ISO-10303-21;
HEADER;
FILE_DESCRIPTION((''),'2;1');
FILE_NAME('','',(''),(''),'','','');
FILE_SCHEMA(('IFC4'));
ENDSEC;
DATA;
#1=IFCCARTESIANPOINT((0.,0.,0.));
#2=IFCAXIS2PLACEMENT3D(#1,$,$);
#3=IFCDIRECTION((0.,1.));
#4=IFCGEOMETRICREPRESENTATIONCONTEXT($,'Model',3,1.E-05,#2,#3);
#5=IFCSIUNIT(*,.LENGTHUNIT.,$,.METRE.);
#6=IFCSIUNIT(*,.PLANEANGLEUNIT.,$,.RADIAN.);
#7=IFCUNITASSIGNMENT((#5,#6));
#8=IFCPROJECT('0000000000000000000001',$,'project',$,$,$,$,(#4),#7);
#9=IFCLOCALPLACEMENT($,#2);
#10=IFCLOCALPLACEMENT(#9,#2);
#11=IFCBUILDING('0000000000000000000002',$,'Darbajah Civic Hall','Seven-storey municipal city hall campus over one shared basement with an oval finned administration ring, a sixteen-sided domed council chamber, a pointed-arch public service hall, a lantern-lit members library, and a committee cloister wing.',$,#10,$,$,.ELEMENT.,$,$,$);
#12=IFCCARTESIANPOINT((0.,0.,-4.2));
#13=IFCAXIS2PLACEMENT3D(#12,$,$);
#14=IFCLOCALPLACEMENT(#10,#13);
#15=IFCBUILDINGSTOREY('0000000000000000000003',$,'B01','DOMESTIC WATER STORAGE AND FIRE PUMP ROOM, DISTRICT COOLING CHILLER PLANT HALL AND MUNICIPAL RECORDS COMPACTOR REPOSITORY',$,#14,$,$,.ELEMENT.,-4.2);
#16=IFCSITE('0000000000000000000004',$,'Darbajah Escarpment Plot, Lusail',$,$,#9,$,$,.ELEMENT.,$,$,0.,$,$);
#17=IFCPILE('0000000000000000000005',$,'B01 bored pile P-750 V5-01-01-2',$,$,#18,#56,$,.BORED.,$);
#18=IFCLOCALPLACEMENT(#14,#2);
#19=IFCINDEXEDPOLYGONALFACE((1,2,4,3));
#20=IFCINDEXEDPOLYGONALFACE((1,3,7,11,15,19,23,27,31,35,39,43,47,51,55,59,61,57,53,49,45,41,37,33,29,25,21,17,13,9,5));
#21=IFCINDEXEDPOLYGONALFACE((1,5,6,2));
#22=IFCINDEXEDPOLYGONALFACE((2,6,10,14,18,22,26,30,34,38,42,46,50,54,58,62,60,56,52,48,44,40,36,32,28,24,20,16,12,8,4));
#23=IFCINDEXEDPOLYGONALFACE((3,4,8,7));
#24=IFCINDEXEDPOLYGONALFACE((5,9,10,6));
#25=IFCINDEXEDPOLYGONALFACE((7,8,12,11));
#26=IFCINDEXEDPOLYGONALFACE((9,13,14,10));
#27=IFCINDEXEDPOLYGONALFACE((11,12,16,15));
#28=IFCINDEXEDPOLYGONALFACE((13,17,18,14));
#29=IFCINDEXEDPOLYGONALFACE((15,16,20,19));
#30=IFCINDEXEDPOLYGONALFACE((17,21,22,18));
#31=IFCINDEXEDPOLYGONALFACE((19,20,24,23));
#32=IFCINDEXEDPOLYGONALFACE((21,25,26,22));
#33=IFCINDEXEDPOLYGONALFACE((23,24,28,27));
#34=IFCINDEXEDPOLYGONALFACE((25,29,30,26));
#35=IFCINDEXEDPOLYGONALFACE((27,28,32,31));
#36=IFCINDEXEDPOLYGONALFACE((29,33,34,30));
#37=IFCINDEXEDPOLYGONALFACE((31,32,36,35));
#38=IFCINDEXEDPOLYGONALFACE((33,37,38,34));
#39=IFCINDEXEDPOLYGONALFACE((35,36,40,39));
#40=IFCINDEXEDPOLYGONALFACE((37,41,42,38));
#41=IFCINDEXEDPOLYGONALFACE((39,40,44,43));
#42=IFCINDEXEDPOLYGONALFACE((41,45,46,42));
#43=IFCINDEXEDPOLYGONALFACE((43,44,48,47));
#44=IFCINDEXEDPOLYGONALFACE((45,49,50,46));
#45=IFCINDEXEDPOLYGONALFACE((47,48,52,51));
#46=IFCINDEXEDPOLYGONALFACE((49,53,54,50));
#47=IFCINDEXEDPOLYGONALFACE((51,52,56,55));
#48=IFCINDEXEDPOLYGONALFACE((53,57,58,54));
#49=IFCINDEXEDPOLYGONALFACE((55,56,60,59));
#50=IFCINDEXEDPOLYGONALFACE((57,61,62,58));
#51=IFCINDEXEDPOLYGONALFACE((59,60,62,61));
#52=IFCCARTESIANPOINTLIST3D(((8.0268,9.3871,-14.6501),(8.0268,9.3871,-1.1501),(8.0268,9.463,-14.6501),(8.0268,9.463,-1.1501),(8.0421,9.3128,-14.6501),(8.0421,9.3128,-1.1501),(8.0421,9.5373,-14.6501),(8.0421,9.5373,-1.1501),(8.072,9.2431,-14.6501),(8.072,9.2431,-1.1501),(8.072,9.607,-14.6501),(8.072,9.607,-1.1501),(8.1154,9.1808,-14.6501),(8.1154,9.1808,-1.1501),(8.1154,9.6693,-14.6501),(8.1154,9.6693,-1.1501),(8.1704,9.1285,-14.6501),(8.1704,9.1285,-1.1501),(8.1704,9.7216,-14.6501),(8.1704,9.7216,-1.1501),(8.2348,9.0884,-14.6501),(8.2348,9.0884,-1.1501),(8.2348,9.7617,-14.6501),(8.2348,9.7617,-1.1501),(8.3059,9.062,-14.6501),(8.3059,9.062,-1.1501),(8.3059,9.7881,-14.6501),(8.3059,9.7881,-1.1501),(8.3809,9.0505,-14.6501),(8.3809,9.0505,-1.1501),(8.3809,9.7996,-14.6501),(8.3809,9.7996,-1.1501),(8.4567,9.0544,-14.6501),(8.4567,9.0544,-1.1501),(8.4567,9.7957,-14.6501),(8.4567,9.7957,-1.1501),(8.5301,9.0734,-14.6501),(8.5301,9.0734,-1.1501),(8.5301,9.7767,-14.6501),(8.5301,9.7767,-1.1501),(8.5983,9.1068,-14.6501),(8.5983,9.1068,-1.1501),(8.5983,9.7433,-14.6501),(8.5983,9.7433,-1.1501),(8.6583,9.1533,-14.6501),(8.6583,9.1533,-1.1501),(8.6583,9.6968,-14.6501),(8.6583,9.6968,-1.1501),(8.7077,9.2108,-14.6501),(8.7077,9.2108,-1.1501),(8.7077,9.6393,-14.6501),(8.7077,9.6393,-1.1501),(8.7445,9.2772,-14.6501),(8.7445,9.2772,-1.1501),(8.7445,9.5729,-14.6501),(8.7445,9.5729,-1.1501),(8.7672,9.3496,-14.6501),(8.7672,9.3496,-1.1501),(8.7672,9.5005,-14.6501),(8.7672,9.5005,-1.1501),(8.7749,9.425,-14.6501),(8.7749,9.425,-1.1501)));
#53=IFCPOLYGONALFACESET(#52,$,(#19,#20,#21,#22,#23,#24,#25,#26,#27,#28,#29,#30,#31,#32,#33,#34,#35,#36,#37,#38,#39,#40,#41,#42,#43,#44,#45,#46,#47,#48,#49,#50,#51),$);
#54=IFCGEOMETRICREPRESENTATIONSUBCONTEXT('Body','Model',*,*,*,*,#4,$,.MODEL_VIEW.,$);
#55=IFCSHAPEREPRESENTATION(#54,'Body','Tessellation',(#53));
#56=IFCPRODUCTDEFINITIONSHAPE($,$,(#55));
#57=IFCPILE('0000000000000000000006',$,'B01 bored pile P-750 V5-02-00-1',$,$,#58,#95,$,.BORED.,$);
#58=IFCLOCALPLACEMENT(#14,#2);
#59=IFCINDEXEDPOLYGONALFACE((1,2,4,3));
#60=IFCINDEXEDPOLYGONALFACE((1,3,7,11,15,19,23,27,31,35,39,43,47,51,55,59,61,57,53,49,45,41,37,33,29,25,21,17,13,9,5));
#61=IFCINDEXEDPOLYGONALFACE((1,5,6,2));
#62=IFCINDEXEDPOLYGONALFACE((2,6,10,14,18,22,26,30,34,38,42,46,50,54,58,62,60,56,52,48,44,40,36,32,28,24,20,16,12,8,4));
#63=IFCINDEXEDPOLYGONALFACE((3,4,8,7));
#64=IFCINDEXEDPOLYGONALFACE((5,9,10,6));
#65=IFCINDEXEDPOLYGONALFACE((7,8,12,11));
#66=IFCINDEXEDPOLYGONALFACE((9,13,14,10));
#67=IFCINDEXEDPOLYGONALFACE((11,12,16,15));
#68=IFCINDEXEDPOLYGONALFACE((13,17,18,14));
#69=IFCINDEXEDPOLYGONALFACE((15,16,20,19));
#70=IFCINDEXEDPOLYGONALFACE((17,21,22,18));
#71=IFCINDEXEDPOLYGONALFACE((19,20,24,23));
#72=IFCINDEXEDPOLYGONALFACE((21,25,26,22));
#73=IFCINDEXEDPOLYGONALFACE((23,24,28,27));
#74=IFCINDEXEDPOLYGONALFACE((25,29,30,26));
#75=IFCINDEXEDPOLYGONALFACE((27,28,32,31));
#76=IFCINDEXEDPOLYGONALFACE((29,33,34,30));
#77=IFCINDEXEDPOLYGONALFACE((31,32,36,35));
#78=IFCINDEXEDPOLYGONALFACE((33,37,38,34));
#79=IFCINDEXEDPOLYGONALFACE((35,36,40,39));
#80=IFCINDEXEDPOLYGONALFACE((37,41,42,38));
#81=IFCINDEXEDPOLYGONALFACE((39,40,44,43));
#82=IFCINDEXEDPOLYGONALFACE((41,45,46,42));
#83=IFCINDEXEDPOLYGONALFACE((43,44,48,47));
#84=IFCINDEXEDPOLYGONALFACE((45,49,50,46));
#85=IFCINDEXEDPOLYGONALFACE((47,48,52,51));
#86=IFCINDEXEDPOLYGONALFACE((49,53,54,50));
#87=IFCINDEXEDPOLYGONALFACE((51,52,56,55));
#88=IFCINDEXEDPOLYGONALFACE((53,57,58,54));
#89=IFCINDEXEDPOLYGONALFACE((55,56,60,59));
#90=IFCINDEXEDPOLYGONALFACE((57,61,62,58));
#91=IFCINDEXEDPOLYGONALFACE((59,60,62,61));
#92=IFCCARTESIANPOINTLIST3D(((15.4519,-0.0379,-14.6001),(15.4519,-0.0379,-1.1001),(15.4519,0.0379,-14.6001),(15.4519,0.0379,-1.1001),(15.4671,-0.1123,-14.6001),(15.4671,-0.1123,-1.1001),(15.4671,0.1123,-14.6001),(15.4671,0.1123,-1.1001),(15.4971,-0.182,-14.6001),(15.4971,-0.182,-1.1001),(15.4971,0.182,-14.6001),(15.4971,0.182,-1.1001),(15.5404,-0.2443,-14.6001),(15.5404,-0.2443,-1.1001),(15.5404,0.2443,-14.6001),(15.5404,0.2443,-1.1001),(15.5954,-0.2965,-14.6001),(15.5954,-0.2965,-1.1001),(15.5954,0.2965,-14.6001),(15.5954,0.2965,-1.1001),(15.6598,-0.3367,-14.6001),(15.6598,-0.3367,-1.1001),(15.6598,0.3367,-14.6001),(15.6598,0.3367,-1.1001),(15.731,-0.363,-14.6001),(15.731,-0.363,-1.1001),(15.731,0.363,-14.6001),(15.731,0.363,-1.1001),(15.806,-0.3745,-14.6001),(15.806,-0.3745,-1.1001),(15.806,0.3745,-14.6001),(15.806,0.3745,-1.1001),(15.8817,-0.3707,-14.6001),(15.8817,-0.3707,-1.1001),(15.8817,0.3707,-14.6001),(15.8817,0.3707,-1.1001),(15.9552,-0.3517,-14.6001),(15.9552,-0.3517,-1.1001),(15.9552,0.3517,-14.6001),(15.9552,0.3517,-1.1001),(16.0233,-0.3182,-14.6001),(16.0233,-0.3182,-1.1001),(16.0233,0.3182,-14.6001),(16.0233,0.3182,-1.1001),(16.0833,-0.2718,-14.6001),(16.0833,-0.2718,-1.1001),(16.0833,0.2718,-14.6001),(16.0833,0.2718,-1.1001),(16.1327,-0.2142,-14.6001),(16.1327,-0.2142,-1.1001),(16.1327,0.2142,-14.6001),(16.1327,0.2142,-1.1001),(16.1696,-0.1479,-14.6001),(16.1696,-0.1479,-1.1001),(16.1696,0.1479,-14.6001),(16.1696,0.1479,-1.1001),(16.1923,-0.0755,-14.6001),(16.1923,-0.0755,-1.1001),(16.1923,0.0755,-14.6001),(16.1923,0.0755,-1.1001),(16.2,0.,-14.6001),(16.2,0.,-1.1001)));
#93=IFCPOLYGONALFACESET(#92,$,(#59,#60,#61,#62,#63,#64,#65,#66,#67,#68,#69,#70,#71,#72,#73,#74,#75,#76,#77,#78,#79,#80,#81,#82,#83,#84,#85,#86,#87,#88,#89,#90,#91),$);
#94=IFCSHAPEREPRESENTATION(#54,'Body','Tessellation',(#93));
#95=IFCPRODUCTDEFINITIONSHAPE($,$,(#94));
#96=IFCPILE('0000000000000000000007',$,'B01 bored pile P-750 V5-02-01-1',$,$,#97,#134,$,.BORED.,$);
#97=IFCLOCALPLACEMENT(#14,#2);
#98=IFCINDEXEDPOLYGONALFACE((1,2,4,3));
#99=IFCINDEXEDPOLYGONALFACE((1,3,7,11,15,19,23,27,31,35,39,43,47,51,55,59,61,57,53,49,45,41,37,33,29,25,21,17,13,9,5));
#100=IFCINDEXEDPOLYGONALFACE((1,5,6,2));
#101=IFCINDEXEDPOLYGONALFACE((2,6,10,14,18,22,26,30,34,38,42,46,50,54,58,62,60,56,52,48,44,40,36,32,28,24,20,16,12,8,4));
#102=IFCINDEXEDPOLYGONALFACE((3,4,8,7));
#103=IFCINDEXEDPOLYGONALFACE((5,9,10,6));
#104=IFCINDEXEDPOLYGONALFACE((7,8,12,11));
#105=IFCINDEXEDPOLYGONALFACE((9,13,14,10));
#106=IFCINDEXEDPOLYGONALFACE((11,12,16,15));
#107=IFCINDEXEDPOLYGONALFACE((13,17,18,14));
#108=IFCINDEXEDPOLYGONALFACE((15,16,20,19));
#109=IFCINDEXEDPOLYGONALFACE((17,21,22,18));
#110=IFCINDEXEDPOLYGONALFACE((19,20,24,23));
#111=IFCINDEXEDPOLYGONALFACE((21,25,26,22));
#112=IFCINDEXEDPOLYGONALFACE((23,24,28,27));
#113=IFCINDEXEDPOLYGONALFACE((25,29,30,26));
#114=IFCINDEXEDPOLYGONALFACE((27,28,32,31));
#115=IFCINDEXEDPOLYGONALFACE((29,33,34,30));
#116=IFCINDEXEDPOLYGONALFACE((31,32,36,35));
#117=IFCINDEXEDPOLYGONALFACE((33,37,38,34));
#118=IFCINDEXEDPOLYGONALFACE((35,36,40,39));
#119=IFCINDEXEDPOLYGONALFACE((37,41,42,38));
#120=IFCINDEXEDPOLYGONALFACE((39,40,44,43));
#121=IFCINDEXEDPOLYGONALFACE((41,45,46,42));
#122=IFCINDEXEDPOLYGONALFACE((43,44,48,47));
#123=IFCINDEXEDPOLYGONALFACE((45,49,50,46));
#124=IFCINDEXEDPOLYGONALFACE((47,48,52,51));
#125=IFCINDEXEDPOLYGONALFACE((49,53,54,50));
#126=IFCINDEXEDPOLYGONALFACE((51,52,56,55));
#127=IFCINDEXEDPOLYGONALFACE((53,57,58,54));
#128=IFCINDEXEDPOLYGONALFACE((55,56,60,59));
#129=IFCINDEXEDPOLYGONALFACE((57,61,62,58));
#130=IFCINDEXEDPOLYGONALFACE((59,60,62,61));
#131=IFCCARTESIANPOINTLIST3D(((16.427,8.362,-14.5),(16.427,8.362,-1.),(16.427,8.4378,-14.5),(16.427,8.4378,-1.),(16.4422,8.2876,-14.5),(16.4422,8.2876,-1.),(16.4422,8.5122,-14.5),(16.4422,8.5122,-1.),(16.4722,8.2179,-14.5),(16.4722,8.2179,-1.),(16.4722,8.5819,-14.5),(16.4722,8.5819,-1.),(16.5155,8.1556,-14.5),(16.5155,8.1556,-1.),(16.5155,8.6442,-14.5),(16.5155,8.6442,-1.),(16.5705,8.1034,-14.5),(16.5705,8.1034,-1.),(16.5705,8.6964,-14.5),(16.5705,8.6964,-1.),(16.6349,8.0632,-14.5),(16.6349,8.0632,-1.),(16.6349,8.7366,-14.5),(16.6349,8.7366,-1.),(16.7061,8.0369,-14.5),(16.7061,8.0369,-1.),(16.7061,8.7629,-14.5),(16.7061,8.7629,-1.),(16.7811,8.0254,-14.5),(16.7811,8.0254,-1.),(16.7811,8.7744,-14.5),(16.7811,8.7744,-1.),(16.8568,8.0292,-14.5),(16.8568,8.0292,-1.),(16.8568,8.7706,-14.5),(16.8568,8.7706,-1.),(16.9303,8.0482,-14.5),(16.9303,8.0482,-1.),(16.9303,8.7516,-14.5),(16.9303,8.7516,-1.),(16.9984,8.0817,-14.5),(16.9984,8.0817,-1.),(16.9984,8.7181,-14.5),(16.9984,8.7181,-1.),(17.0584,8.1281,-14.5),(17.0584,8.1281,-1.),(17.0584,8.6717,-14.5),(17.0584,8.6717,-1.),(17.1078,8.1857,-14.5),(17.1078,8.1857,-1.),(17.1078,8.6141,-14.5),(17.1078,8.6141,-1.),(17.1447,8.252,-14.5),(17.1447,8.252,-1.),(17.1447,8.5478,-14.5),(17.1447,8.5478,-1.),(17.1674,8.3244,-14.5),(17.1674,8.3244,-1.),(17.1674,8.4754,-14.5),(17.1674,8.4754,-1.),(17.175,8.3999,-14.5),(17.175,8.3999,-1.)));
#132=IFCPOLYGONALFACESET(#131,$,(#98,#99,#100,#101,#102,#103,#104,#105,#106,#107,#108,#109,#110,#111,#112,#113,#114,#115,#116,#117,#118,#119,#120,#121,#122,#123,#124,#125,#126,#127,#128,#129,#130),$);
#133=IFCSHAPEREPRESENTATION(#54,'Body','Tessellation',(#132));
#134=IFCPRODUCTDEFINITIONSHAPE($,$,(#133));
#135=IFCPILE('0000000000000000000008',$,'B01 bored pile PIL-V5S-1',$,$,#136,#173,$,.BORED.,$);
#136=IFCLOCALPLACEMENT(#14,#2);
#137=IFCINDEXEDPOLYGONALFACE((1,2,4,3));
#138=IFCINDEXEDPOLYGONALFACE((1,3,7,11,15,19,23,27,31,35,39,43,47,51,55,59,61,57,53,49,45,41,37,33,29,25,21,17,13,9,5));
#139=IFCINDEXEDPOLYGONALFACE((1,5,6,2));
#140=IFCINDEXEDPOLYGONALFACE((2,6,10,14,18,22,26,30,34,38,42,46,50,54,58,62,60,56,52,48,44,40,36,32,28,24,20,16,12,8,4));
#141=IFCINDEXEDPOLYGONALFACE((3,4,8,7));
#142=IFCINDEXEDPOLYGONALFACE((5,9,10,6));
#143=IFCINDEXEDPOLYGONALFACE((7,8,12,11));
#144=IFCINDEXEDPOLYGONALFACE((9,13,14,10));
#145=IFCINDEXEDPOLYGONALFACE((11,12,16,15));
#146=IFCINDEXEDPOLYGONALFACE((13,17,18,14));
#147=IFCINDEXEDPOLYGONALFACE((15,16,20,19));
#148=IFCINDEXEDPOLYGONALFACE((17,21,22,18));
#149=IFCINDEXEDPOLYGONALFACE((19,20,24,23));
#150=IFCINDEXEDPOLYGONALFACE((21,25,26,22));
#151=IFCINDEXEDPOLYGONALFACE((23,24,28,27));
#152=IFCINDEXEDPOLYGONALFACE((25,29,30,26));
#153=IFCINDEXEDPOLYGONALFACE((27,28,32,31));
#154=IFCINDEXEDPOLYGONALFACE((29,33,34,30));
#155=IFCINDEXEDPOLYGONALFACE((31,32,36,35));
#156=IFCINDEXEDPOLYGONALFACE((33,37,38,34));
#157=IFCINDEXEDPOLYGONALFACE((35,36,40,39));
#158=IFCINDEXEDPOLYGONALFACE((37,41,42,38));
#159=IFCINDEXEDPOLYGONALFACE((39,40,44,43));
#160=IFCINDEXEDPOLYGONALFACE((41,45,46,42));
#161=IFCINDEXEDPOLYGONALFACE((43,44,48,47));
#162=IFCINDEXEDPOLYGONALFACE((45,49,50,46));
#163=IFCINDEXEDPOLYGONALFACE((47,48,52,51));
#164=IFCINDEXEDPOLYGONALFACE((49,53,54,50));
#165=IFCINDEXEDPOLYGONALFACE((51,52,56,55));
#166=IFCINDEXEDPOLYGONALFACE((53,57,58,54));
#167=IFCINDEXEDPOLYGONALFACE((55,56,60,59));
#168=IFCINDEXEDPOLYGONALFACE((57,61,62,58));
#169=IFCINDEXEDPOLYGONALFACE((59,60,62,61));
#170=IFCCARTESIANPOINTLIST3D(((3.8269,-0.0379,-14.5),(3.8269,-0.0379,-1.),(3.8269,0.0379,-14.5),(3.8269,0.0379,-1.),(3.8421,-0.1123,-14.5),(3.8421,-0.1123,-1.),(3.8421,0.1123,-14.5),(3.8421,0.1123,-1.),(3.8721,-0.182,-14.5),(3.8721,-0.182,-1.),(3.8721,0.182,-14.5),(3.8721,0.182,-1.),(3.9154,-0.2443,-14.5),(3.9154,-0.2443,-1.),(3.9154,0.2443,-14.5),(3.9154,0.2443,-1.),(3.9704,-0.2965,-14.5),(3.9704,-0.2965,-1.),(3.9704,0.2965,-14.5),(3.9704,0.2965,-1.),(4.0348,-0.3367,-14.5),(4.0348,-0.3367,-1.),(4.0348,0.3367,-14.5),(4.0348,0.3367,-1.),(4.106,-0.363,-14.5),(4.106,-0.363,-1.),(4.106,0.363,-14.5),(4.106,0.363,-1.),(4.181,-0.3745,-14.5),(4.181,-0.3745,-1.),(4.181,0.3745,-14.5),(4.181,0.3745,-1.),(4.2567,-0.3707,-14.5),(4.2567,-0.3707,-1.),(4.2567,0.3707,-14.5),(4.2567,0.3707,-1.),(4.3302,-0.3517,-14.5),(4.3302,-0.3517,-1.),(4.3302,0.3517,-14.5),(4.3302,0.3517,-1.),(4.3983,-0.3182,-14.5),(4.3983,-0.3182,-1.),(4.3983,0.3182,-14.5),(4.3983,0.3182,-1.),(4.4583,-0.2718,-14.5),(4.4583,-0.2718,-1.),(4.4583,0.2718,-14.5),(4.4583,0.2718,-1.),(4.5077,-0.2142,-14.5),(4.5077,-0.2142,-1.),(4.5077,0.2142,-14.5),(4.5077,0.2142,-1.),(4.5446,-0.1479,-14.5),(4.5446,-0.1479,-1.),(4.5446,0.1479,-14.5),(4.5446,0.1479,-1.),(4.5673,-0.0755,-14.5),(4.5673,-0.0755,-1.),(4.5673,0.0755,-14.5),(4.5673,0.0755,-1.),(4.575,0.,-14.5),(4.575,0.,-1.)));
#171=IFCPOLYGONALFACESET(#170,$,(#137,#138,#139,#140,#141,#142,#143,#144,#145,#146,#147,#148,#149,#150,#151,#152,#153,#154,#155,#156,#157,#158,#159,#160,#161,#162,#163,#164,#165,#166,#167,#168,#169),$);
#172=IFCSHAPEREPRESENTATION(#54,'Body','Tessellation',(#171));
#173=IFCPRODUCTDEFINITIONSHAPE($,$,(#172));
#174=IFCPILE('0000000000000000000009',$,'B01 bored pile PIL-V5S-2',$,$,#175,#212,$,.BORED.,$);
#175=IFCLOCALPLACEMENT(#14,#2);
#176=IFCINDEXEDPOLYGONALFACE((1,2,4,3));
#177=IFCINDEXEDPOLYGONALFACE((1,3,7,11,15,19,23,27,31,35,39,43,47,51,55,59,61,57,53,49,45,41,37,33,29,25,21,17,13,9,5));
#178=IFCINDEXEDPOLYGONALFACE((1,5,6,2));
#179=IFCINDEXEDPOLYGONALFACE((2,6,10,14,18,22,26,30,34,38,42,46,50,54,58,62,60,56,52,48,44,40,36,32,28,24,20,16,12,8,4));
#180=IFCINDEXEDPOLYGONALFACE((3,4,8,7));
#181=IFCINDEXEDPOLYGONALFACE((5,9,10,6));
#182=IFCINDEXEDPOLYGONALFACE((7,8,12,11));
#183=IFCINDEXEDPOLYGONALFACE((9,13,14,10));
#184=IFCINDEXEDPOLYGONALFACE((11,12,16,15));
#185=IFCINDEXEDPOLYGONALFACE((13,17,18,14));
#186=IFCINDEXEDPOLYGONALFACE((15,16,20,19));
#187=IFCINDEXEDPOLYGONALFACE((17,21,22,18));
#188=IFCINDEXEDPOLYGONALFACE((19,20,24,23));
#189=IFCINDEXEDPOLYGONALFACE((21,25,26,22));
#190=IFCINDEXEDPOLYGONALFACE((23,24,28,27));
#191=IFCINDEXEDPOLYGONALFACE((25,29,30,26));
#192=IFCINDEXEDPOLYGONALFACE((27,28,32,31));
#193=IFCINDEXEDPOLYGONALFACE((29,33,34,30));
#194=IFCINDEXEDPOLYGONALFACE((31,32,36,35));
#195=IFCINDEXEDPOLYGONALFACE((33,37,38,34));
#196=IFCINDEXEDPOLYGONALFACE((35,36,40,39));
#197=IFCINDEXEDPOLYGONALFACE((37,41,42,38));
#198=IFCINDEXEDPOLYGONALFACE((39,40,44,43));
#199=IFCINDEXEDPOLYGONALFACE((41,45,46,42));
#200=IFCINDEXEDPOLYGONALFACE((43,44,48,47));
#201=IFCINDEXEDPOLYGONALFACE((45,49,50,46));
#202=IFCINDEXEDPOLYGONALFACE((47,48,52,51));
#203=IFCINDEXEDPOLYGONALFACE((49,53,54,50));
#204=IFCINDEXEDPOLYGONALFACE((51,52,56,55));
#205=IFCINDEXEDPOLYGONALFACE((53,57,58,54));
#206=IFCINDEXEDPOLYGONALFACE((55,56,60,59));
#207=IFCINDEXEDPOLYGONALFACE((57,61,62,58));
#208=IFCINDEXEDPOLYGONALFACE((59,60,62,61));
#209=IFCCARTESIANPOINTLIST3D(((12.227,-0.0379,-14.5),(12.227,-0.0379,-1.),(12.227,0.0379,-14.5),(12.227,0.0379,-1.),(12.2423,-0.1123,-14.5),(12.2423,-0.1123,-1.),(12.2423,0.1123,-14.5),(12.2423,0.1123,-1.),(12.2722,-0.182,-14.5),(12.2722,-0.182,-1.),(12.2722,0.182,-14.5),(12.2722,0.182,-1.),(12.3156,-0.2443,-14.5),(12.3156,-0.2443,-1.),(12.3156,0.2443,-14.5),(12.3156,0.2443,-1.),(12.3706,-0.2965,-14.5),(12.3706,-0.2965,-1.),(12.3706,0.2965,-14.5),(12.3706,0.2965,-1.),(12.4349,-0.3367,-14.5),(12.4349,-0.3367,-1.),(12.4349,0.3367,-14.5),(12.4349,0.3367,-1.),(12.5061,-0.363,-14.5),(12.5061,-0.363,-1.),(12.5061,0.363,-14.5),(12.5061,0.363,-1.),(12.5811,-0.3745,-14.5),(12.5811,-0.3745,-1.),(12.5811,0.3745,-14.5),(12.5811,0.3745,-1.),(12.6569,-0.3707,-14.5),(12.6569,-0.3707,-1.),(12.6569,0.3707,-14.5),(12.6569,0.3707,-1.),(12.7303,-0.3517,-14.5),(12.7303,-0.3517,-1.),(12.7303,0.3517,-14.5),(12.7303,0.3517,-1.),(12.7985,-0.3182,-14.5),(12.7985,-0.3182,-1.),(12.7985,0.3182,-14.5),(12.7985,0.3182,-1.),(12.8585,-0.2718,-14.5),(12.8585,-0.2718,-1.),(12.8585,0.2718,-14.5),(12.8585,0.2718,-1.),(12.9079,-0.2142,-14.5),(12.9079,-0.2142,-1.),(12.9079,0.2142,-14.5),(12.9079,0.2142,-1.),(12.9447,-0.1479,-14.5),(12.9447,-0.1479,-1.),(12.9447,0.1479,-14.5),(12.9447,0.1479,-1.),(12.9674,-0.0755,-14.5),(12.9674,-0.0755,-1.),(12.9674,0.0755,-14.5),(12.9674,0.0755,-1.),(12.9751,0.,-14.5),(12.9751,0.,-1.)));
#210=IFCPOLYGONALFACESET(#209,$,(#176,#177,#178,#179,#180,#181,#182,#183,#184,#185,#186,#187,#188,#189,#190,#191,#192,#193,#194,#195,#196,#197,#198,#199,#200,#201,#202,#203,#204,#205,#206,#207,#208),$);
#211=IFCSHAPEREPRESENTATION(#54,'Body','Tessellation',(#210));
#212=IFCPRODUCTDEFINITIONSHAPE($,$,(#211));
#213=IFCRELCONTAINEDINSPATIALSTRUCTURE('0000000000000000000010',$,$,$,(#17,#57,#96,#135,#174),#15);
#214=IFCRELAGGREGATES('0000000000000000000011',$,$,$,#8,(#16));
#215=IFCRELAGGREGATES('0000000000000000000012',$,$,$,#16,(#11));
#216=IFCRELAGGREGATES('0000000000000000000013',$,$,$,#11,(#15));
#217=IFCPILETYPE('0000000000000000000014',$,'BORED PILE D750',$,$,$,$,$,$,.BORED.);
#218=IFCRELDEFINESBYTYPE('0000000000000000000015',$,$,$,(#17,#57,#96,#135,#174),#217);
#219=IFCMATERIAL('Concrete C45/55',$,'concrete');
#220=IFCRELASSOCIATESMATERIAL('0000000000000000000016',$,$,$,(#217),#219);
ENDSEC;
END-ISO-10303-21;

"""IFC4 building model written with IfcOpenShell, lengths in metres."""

from ifc_helpers import new_model, si_unit, direction, frame, origin, origin_2d, place, context, subcontext, project, spatial, circle, extrude, material, material_profile, profile_set, type_object, element, save


model = new_model("IFC4")

# Units and contexts
model_context = context("Model", 3, precision=1e-05, world=origin(), true_north=direction((0.0, 1.0)))
body_context = subcontext(model_context, "Body", "Model", "MODEL_VIEW")
ifc_project = project(units=[si_unit("LENGTHUNIT", "METRE"), si_unit("PLANEANGLEUNIT", "RADIAN")], contexts=[model_context])

# Site, building, storey
site_placement = place(None, origin())
site = spatial("IfcSite", under=ifc_project, at=site_placement, Name="Darbajah Escarpment Plot, Lusail", CompositionType="ELEMENT", RefElevation=0.0)
building_placement = place(site_placement, origin())
building = spatial("IfcBuilding", under=site, at=building_placement, Name="Darbajah Civic Hall", Description="Seven-storey municipal city hall campus over one shared basement with an oval finned administration ring, a sixteen-sided domed council chamber, a pointed-arch public service hall, a lantern-lit members library, and a committee cloister wing.", CompositionType="ELEMENT")
storey_placement = place(building_placement, frame((0.0, 0.0, -4.2)))
storey = spatial("IfcBuildingStorey", under=building, at=storey_placement, Name="B01", Description="DOMESTIC WATER STORAGE AND FIRE PUMP ROOM, DISTRICT COOLING CHILLER PLANT HALL AND MUNICIPAL RECORDS COMPACTOR REPOSITORY", CompositionType="ELEMENT", Elevation=-4.2)

# Piles
ifc_material_1 = material(Name="Concrete C45/55", Category="concrete")
ifc_material_profile_1 = material_profile(ifc_material_1, circle(Radius=0.375, at=origin_2d()), Name="BORED PILE D750")
ifc_profile_set_1 = profile_set([ifc_material_profile_1], Name="Concrete C45/55")
pile_type = type_object("IfcPileType", Name="BORED PILE D750", PredefinedType="BORED", material=ifc_profile_set_1)
for number, where, z_axis, x_axis, name in (
    (1, (8.3999, 9.425, -1.1501), (0.0, 0.0, -1.0), (1.0, 0.0, 0.0), "B01 bored pile P-750 V5-01-01-2"),
    (2, (15.825, 0.0, -1.1001), (0.0, 0.0, -1.0), (1.0, 0.0, 0.0), "B01 bored pile P-750 V5-02-00-1"),
    (3, (16.8, 8.3999, -1.0), (0.0, 0.0, -1.0), (1.0, 0.0, 0.0), "B01 bored pile P-750 V5-02-01-1"),
    (4, (4.2, 0.0, -1.0), (0.0, 0.0, -1.0), (1.0, 0.0, 0.0), "B01 bored pile PIL-V5S-1"),
    (5, (12.6001, 0.0, -1.0), (0.0, 0.0, -1.0), (1.0, 0.0, 0.0), "B01 bored pile PIL-V5S-2"),
):
    element("IfcPile", number, at=place(storey_placement, frame(where, z_axis=z_axis, x_axis=x_axis)), inside=storey, type_object=pile_type, Name=name, PredefinedType="BORED", context=body_context, shape_type="SweptSolid", body=[
        extrude(circle(Radius=0.375, at=origin_2d()), origin(), (0.0, 0.0, 1.0), 13.5),
    ])

save(model, "model.ifc")
